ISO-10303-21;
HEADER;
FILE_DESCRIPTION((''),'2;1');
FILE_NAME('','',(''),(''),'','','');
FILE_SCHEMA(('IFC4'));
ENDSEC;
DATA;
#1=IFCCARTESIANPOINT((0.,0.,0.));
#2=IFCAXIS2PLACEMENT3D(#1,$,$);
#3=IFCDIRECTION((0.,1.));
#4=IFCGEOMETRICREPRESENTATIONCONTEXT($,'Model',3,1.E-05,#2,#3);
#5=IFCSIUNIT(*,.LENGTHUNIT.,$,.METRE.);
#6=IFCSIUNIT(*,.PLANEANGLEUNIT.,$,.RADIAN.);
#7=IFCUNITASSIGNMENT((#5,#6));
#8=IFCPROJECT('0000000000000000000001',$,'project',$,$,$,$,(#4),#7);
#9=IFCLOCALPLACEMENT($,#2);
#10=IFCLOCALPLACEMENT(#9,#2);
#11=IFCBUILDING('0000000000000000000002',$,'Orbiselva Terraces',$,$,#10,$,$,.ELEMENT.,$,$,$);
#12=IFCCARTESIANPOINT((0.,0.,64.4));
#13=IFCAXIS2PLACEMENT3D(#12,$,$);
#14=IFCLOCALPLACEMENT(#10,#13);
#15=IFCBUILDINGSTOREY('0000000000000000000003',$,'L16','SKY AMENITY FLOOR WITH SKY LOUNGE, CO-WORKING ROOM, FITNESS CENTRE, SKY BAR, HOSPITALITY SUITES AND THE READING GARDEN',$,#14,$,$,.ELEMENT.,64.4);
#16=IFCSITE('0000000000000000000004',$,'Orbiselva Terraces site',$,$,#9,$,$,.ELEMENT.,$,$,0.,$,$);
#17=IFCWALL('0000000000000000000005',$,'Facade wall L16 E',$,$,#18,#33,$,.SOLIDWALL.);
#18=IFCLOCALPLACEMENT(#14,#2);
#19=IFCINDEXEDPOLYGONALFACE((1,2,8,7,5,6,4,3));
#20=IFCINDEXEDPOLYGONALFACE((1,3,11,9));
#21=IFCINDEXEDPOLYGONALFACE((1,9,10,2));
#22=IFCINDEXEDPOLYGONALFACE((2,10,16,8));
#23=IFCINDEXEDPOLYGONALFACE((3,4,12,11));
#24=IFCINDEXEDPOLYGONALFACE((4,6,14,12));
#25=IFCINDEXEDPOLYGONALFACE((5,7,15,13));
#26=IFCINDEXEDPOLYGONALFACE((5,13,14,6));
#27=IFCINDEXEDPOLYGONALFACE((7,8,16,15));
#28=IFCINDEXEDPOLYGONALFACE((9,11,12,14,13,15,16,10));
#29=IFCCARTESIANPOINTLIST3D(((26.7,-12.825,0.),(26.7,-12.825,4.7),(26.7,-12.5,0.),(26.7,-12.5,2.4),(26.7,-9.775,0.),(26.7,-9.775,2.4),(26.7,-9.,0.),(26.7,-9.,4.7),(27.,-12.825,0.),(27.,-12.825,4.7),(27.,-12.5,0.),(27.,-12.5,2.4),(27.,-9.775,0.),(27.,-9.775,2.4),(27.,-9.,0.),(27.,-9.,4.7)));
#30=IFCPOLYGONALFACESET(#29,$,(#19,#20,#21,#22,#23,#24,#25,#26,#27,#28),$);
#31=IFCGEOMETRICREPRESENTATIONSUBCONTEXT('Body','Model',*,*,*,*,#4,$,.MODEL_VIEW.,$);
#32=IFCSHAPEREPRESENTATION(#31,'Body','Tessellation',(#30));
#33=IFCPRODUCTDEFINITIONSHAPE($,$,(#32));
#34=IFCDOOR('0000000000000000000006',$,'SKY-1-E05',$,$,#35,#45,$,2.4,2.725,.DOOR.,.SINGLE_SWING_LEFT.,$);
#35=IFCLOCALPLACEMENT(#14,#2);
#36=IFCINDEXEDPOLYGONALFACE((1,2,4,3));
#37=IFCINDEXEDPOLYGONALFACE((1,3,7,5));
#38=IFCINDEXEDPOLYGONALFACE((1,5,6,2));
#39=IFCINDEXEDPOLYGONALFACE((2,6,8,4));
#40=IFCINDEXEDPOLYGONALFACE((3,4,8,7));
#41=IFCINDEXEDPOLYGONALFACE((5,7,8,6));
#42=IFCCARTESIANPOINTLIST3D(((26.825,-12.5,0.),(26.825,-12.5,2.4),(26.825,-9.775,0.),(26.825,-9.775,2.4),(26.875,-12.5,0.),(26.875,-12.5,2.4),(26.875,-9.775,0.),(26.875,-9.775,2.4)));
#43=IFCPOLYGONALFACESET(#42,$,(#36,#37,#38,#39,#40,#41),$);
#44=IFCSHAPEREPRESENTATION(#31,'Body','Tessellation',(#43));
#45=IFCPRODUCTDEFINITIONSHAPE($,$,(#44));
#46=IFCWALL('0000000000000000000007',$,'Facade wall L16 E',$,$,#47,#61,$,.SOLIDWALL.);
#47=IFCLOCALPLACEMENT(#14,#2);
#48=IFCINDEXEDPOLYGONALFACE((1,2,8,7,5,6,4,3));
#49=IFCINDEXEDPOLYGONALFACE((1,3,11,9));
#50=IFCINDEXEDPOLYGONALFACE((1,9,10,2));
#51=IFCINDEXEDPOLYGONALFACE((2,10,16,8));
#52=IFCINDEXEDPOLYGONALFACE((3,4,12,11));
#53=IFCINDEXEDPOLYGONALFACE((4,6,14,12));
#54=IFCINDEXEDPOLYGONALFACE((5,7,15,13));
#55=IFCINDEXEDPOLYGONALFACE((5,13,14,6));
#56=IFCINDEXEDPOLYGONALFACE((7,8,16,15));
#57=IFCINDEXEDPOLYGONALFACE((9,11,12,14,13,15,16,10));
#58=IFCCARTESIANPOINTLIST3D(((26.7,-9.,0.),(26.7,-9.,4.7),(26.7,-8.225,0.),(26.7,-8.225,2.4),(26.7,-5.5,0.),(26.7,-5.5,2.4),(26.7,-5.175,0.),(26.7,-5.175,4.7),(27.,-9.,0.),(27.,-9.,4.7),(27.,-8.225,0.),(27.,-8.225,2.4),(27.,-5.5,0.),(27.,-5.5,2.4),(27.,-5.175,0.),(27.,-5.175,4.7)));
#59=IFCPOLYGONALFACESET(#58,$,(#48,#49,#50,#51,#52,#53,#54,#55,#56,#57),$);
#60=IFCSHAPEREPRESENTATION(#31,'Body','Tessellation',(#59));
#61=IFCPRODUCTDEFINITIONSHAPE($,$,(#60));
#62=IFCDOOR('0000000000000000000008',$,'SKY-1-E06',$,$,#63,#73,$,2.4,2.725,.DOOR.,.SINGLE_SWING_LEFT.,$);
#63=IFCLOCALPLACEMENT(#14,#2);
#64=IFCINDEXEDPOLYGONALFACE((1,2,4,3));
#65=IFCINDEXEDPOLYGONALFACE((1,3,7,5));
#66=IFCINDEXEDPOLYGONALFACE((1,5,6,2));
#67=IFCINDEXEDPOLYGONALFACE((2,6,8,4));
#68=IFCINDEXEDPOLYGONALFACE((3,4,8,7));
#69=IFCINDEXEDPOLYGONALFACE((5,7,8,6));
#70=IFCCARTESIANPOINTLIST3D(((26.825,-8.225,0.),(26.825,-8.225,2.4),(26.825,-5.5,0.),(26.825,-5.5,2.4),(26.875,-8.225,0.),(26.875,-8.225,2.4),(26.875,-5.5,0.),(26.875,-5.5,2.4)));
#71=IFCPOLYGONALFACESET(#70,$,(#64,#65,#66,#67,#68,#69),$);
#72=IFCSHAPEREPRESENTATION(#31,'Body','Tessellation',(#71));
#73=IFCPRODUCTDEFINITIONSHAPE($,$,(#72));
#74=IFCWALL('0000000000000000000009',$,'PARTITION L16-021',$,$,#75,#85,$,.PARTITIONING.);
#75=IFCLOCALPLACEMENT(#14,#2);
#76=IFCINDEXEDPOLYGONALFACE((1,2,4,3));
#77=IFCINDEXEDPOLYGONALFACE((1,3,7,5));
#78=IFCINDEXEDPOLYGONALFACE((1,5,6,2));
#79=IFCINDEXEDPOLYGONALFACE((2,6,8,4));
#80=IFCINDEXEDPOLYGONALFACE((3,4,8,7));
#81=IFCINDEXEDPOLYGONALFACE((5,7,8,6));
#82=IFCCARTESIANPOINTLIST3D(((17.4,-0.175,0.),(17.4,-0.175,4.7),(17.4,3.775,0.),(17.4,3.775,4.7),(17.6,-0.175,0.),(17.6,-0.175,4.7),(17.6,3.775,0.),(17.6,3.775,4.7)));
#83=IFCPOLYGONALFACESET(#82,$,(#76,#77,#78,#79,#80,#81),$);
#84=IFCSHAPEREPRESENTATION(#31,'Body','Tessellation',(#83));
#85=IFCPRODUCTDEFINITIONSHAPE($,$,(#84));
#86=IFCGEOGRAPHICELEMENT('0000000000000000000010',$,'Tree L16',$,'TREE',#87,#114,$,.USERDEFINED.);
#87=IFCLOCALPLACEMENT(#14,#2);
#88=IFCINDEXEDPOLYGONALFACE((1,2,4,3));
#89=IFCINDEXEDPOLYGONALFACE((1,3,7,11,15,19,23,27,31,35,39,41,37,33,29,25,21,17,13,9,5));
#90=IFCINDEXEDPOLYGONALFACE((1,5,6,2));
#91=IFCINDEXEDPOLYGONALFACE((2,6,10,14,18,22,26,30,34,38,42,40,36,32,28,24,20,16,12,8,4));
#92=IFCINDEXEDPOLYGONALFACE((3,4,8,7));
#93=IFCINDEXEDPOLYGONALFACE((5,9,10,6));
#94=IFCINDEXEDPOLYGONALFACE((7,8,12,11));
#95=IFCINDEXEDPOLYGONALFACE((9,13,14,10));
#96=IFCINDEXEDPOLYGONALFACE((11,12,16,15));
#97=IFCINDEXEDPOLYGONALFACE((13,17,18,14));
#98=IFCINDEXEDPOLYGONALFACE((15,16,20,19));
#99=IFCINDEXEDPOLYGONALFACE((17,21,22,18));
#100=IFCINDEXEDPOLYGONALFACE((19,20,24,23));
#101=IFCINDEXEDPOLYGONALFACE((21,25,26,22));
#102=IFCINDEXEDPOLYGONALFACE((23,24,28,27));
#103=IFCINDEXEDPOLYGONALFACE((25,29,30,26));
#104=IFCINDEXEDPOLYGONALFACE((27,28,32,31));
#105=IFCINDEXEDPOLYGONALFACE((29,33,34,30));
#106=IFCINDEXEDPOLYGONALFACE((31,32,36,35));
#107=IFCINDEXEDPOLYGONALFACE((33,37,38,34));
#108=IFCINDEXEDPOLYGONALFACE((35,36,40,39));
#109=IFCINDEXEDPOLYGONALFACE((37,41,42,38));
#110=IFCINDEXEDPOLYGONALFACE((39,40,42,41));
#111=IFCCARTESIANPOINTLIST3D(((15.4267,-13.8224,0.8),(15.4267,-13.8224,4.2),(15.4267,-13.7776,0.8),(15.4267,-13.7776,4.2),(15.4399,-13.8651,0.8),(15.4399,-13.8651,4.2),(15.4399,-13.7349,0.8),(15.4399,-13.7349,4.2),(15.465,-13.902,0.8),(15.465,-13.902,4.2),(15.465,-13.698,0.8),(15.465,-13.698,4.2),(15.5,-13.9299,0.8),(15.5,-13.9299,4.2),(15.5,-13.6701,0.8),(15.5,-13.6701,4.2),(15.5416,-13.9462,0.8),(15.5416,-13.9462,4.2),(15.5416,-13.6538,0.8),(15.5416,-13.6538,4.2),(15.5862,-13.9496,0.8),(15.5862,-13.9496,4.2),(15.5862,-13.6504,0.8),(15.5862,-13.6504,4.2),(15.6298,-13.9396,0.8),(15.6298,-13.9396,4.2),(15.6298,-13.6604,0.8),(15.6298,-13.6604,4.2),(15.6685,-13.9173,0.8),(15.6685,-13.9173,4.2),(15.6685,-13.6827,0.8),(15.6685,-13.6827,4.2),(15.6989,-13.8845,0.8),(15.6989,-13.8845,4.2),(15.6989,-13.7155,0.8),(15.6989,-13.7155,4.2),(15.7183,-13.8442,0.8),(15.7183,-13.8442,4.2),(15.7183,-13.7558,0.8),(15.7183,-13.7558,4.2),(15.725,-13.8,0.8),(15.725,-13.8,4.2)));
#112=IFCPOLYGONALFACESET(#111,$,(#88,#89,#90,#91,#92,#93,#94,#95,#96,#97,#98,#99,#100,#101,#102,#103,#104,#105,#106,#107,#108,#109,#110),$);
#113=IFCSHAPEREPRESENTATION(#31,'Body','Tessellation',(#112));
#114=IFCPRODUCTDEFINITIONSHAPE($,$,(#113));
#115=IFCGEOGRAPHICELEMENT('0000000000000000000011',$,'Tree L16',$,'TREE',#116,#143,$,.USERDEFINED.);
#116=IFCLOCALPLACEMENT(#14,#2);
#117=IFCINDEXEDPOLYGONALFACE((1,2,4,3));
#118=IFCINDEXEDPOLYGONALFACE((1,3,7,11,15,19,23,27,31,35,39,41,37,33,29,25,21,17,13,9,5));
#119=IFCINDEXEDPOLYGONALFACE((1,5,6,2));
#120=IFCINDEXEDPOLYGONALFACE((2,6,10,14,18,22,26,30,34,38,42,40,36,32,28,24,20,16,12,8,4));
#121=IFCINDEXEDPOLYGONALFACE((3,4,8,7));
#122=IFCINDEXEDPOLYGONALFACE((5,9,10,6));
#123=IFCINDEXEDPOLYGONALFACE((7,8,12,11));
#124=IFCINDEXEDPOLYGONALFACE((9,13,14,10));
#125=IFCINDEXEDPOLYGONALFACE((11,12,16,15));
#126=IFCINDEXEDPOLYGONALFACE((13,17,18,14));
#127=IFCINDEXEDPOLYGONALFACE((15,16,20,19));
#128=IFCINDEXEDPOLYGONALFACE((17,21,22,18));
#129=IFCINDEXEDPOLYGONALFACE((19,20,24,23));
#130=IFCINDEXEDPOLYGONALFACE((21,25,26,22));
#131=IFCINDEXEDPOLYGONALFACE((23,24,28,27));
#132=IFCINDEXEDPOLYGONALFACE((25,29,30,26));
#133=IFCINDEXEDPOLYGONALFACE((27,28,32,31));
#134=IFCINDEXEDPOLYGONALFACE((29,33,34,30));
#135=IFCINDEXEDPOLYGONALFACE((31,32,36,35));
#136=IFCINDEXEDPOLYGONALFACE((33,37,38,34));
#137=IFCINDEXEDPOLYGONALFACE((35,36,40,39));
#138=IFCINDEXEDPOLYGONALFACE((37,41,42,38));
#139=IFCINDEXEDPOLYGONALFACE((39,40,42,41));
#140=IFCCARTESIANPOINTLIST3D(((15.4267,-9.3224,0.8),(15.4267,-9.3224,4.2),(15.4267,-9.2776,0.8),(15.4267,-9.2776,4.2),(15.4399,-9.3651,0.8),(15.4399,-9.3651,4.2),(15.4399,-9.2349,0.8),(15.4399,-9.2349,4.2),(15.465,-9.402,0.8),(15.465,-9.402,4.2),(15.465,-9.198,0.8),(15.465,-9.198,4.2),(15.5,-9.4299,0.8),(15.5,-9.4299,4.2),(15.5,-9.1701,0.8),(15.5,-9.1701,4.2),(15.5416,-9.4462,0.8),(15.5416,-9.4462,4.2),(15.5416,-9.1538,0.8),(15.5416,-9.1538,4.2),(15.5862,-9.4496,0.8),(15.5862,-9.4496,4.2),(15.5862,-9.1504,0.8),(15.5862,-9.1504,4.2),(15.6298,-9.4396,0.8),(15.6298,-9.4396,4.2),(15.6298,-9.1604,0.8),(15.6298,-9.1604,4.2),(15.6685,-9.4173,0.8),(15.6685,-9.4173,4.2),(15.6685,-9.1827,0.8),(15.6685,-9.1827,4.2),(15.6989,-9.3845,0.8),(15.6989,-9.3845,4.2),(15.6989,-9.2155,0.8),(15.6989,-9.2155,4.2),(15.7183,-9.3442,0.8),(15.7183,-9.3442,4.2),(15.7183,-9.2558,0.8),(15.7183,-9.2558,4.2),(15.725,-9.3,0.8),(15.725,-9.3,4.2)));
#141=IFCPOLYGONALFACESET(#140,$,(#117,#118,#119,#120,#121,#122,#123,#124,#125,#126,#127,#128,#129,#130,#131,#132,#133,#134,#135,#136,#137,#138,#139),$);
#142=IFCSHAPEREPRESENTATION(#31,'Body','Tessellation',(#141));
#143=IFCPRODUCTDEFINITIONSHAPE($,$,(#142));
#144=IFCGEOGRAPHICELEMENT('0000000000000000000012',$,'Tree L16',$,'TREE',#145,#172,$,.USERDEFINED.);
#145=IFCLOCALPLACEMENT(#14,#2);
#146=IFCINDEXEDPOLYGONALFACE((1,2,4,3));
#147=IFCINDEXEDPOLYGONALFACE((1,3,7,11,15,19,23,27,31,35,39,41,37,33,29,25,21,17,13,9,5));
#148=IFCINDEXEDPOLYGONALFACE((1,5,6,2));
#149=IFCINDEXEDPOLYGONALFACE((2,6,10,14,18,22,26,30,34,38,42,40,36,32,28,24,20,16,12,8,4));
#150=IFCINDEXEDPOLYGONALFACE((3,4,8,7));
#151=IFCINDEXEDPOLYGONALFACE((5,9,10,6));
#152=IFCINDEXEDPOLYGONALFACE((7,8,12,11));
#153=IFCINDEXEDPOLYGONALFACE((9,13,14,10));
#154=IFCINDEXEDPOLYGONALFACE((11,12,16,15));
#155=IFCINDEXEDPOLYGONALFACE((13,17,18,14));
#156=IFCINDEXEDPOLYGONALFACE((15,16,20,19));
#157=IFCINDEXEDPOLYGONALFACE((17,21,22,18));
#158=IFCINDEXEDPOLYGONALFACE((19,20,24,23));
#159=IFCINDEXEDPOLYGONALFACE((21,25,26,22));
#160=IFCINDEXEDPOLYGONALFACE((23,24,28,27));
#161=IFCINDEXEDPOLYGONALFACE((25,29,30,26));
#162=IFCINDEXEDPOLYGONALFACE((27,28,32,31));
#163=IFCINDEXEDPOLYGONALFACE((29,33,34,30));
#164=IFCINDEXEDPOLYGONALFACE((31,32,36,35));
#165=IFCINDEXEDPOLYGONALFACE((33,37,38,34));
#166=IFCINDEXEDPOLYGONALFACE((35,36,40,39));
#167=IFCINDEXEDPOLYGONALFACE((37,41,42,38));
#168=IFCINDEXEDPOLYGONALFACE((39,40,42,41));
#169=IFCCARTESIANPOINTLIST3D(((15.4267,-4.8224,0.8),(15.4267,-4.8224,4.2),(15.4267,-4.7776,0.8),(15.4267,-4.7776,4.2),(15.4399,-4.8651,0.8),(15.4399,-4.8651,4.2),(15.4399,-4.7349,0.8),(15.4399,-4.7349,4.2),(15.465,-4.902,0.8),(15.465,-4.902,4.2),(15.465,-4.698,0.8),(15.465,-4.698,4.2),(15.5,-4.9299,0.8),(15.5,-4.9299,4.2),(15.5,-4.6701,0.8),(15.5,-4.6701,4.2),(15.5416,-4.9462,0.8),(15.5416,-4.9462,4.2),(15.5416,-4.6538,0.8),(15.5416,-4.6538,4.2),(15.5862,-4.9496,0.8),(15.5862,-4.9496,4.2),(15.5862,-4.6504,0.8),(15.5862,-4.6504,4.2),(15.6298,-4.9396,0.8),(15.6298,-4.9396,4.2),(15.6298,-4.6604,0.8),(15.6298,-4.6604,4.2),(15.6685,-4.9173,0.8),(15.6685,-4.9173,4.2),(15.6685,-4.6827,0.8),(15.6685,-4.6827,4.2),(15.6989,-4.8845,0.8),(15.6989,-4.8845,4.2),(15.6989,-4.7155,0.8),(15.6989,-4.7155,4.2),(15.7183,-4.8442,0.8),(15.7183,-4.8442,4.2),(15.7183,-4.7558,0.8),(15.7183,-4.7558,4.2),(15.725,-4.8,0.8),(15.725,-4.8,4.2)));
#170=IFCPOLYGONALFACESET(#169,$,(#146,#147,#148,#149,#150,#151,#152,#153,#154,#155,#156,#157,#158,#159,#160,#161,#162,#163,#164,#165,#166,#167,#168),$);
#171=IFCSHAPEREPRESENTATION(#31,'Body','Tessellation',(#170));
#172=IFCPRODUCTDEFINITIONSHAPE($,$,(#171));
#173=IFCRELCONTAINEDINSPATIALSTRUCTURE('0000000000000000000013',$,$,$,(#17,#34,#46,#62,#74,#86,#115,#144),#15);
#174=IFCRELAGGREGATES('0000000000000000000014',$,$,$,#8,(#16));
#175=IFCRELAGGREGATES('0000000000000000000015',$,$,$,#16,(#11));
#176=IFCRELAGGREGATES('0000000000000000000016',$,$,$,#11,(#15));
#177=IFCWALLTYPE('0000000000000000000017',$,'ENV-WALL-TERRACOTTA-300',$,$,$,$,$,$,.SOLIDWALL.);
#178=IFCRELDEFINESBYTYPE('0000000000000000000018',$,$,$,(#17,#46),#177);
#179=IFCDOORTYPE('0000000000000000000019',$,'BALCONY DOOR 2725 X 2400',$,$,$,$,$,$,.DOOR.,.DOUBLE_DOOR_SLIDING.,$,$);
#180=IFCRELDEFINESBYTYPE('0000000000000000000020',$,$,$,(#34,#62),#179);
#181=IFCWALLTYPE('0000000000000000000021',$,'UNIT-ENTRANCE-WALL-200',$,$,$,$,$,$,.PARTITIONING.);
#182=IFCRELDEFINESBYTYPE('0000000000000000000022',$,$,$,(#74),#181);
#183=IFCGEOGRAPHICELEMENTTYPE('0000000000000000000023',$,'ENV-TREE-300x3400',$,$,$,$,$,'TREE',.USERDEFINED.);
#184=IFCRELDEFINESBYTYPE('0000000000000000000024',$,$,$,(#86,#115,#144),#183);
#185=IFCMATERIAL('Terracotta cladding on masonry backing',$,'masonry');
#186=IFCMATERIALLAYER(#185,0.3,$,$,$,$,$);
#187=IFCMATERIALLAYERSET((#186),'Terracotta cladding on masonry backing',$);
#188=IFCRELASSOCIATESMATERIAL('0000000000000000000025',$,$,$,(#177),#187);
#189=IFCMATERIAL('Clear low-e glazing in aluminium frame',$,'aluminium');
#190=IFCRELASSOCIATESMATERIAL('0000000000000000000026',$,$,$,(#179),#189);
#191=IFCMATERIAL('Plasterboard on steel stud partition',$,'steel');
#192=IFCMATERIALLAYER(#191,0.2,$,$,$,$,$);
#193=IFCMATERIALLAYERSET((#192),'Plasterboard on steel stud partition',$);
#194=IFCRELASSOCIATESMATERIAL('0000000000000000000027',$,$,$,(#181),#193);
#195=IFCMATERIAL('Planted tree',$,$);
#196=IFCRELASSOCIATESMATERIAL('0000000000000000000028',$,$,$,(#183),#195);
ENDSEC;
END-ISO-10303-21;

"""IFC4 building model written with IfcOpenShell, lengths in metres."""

from ifc_helpers import new_model, si_unit, direction, frame, frame_2d, origin, origin_2d, place, context, subcontext, project, spatial, rectangle, circle, extrude, material, layer, layer_set, type_object, element, fill, save


model = new_model("IFC4")

# Units and contexts
model_context = context("Model", 3, precision=1e-05, world=origin(), true_north=direction((0.0, 1.0)))
body_context = subcontext(model_context, "Body", "Model", "MODEL_VIEW")
ifc_project = project(units=[si_unit("LENGTHUNIT", "METRE"), si_unit("PLANEANGLEUNIT", "RADIAN")], contexts=[model_context])

# Site, building, storey
site_placement = place(None, origin())
site = spatial("IfcSite", under=ifc_project, at=site_placement, Name="Orbiselva Terraces site", CompositionType="ELEMENT", RefElevation=0.0)
building_placement = place(site_placement, origin())
building = spatial("IfcBuilding", under=site, at=building_placement, Name="Orbiselva Terraces", CompositionType="ELEMENT")
storey_placement = place(building_placement, frame((0.0, 0.0, 64.4)))
storey = spatial("IfcBuildingStorey", under=building, at=storey_placement, Name="L16", Description="SKY AMENITY FLOOR WITH SKY LOUNGE, CO-WORKING ROOM, FITNESS CENTRE, SKY BAR, HOSPITALITY SUITES AND THE READING GARDEN", CompositionType="ELEMENT", Elevation=64.4)

# Shared definitions
ifc_material_1 = material(Name="Clear low-e glazing in aluminium frame", Category="aluminium")

# Walls, openings, doors
ifc_material_2 = material(Name="Terracotta cladding on masonry backing", Category="masonry")
ifc_layer_1 = layer(ifc_material_2, 0.3)
ifc_layer_set_1 = layer_set([ifc_layer_1], Name="Terracotta cladding on masonry backing")
wall_type_1 = type_object("IfcWallType", Name="ENV-WALL-TERRACOTTA-300", PredefinedType="SOLIDWALL", material=ifc_layer_set_1)
wall_1_placement = place(storey_placement, frame((26.85, -9.0, 0.0), z_axis=(0.0, 0.0, 1.0), x_axis=(0.0, -1.0, 0.0)))
wall_1 = element("IfcWall", 1, at=wall_1_placement, inside=storey, type_object=wall_type_1, Name="Facade wall L16 E", PredefinedType="SOLIDWALL", context=body_context, shape_type="SweptSolid", body=[
    extrude(rectangle(XDim=3.825, YDim=0.3, at=frame_2d((1.9125, 0.0))), origin(), (0.0, 0.0, 1.0), 4.7),
])
opening_1_placement = place(wall_1_placement, frame((0.775, 0.0, 0.0)))
opening_1 = element("IfcOpeningElement", 2, at=opening_1_placement, cuts=wall_1, PredefinedType="OPENING", context=body_context, shape_type="SweptSolid", body=[
    extrude(rectangle(XDim=2.725, YDim=2.4, at=frame_2d((1.3625, 1.2))), frame((0.0, 0.16, 0.0), z_axis=(0.0, -1.0, 0.0), x_axis=(1.0, 0.0, 0.0)), (0.0, 0.0, 1.0), 0.32),
])
door_type = type_object("IfcDoorType", Name="BALCONY DOOR 2725 X 2400", OperationType="DOUBLE_DOOR_SLIDING", PredefinedType="DOOR", material=ifc_material_1)
door_1_placement = place(opening_1_placement, origin())
door_1 = element("IfcDoor", 3, at=door_1_placement, inside=storey, type_object=door_type, Name="SKY-1-E05", OperationType="SINGLE_SWING_LEFT", OverallHeight=2.4, OverallWidth=2.725, PredefinedType="DOOR", context=body_context, shape_type="SweptSolid", body=[
    extrude(rectangle(XDim=2.725, YDim=2.4, at=frame_2d((1.3625, 1.2))), frame((0.0, 0.025, 0.0), z_axis=(0.0, -1.0, 0.0), x_axis=(1.0, 0.0, 0.0)), (0.0, 0.0, 1.0), 0.05),
])
fill(opening_1, door_1)
wall_2_placement = place(storey_placement, frame((26.85, -5.175, 0.0), z_axis=(0.0, 0.0, 1.0), x_axis=(0.0, -1.0, 0.0)))
wall_2 = element("IfcWall", 4, at=wall_2_placement, inside=storey, type_object=wall_type_1, Name="Facade wall L16 E", PredefinedType="SOLIDWALL", context=body_context, shape_type="SweptSolid", body=[
    extrude(rectangle(XDim=3.825, YDim=0.3, at=frame_2d((1.9125, 0.0))), origin(), (0.0, 0.0, 1.0), 4.7),
])
opening_2_placement = place(wall_2_placement, frame((0.325, 0.0, 0.0)))
opening_2 = element("IfcOpeningElement", 5, at=opening_2_placement, cuts=wall_2, PredefinedType="OPENING", context=body_context, shape_type="SweptSolid", body=[
    extrude(rectangle(XDim=2.725, YDim=2.4, at=frame_2d((1.3625, 1.2))), frame((0.0, 0.16, 0.0), z_axis=(0.0, -1.0, 0.0), x_axis=(1.0, 0.0, 0.0)), (0.0, 0.0, 1.0), 0.32),
])
door_2_placement = place(opening_2_placement, origin())
door_2 = element("IfcDoor", 6, at=door_2_placement, inside=storey, type_object=door_type, Name="SKY-1-E06", OperationType="SINGLE_SWING_LEFT", OverallHeight=2.4, OverallWidth=2.725, PredefinedType="DOOR", context=body_context, shape_type="SweptSolid", body=[
    extrude(rectangle(XDim=2.725, YDim=2.4, at=frame_2d((1.3625, 1.2))), frame((0.0, 0.025, 0.0), z_axis=(0.0, -1.0, 0.0), x_axis=(1.0, 0.0, 0.0)), (0.0, 0.0, 1.0), 0.05),
])
fill(opening_2, door_2)

# Wall
ifc_material_3 = material(Name="Plasterboard on steel stud partition", Category="steel")
ifc_layer_2 = layer(ifc_material_3, 0.2)
ifc_layer_set_2 = layer_set([ifc_layer_2], Name="Plasterboard on steel stud partition")
wall_type_2 = type_object("IfcWallType", Name="UNIT-ENTRANCE-WALL-200", PredefinedType="PARTITIONING", material=ifc_layer_set_2)
wall_3_placement = place(storey_placement, frame((17.5, -0.175, 0.0), z_axis=(0.0, 0.0, 1.0), x_axis=(0.0, 1.0, 0.0)))
element("IfcWall", 7, at=wall_3_placement, inside=storey, type_object=wall_type_2, Name="PARTITION L16-021", PredefinedType="PARTITIONING", context=body_context, shape_type="SweptSolid", body=[
    extrude(rectangle(XDim=3.95, YDim=0.2, at=frame_2d((1.975, 0.0))), origin(), (0.0, 0.0, 1.0), 4.7),
])

# Geographic elements
ifc_material_4 = material(Name="Planted tree")
geographic_element_type = type_object("IfcGeographicElementType", Name="ENV-TREE-300x3400", ElementType="TREE", PredefinedType="USERDEFINED", material=ifc_material_4)
for number, where, z_axis, x_axis, name in (
    (8, (15.575, -13.8, 4.2), (0.0, 0.0, -1.0), (1.0, 0.0, 0.0), "Tree L16"),
    (9, (15.575, -9.3, 4.2), (0.0, 0.0, -1.0), (1.0, 0.0, 0.0), "Tree L16"),
    (10, (15.575, -4.8, 4.2), (0.0, 0.0, -1.0), (1.0, 0.0, 0.0), "Tree L16"),
):
    element("IfcGeographicElement", number, at=place(storey_placement, frame(where, z_axis=z_axis, x_axis=x_axis)), inside=storey, type_object=geographic_element_type, Name=name, ObjectType="TREE", PredefinedType="USERDEFINED", context=body_context, shape_type="SweptSolid", body=[
        extrude(circle(Radius=0.15, at=origin_2d()), origin(), (0.0, 0.0, 1.0), 3.4),
    ])

save(model, "model.ifc")
